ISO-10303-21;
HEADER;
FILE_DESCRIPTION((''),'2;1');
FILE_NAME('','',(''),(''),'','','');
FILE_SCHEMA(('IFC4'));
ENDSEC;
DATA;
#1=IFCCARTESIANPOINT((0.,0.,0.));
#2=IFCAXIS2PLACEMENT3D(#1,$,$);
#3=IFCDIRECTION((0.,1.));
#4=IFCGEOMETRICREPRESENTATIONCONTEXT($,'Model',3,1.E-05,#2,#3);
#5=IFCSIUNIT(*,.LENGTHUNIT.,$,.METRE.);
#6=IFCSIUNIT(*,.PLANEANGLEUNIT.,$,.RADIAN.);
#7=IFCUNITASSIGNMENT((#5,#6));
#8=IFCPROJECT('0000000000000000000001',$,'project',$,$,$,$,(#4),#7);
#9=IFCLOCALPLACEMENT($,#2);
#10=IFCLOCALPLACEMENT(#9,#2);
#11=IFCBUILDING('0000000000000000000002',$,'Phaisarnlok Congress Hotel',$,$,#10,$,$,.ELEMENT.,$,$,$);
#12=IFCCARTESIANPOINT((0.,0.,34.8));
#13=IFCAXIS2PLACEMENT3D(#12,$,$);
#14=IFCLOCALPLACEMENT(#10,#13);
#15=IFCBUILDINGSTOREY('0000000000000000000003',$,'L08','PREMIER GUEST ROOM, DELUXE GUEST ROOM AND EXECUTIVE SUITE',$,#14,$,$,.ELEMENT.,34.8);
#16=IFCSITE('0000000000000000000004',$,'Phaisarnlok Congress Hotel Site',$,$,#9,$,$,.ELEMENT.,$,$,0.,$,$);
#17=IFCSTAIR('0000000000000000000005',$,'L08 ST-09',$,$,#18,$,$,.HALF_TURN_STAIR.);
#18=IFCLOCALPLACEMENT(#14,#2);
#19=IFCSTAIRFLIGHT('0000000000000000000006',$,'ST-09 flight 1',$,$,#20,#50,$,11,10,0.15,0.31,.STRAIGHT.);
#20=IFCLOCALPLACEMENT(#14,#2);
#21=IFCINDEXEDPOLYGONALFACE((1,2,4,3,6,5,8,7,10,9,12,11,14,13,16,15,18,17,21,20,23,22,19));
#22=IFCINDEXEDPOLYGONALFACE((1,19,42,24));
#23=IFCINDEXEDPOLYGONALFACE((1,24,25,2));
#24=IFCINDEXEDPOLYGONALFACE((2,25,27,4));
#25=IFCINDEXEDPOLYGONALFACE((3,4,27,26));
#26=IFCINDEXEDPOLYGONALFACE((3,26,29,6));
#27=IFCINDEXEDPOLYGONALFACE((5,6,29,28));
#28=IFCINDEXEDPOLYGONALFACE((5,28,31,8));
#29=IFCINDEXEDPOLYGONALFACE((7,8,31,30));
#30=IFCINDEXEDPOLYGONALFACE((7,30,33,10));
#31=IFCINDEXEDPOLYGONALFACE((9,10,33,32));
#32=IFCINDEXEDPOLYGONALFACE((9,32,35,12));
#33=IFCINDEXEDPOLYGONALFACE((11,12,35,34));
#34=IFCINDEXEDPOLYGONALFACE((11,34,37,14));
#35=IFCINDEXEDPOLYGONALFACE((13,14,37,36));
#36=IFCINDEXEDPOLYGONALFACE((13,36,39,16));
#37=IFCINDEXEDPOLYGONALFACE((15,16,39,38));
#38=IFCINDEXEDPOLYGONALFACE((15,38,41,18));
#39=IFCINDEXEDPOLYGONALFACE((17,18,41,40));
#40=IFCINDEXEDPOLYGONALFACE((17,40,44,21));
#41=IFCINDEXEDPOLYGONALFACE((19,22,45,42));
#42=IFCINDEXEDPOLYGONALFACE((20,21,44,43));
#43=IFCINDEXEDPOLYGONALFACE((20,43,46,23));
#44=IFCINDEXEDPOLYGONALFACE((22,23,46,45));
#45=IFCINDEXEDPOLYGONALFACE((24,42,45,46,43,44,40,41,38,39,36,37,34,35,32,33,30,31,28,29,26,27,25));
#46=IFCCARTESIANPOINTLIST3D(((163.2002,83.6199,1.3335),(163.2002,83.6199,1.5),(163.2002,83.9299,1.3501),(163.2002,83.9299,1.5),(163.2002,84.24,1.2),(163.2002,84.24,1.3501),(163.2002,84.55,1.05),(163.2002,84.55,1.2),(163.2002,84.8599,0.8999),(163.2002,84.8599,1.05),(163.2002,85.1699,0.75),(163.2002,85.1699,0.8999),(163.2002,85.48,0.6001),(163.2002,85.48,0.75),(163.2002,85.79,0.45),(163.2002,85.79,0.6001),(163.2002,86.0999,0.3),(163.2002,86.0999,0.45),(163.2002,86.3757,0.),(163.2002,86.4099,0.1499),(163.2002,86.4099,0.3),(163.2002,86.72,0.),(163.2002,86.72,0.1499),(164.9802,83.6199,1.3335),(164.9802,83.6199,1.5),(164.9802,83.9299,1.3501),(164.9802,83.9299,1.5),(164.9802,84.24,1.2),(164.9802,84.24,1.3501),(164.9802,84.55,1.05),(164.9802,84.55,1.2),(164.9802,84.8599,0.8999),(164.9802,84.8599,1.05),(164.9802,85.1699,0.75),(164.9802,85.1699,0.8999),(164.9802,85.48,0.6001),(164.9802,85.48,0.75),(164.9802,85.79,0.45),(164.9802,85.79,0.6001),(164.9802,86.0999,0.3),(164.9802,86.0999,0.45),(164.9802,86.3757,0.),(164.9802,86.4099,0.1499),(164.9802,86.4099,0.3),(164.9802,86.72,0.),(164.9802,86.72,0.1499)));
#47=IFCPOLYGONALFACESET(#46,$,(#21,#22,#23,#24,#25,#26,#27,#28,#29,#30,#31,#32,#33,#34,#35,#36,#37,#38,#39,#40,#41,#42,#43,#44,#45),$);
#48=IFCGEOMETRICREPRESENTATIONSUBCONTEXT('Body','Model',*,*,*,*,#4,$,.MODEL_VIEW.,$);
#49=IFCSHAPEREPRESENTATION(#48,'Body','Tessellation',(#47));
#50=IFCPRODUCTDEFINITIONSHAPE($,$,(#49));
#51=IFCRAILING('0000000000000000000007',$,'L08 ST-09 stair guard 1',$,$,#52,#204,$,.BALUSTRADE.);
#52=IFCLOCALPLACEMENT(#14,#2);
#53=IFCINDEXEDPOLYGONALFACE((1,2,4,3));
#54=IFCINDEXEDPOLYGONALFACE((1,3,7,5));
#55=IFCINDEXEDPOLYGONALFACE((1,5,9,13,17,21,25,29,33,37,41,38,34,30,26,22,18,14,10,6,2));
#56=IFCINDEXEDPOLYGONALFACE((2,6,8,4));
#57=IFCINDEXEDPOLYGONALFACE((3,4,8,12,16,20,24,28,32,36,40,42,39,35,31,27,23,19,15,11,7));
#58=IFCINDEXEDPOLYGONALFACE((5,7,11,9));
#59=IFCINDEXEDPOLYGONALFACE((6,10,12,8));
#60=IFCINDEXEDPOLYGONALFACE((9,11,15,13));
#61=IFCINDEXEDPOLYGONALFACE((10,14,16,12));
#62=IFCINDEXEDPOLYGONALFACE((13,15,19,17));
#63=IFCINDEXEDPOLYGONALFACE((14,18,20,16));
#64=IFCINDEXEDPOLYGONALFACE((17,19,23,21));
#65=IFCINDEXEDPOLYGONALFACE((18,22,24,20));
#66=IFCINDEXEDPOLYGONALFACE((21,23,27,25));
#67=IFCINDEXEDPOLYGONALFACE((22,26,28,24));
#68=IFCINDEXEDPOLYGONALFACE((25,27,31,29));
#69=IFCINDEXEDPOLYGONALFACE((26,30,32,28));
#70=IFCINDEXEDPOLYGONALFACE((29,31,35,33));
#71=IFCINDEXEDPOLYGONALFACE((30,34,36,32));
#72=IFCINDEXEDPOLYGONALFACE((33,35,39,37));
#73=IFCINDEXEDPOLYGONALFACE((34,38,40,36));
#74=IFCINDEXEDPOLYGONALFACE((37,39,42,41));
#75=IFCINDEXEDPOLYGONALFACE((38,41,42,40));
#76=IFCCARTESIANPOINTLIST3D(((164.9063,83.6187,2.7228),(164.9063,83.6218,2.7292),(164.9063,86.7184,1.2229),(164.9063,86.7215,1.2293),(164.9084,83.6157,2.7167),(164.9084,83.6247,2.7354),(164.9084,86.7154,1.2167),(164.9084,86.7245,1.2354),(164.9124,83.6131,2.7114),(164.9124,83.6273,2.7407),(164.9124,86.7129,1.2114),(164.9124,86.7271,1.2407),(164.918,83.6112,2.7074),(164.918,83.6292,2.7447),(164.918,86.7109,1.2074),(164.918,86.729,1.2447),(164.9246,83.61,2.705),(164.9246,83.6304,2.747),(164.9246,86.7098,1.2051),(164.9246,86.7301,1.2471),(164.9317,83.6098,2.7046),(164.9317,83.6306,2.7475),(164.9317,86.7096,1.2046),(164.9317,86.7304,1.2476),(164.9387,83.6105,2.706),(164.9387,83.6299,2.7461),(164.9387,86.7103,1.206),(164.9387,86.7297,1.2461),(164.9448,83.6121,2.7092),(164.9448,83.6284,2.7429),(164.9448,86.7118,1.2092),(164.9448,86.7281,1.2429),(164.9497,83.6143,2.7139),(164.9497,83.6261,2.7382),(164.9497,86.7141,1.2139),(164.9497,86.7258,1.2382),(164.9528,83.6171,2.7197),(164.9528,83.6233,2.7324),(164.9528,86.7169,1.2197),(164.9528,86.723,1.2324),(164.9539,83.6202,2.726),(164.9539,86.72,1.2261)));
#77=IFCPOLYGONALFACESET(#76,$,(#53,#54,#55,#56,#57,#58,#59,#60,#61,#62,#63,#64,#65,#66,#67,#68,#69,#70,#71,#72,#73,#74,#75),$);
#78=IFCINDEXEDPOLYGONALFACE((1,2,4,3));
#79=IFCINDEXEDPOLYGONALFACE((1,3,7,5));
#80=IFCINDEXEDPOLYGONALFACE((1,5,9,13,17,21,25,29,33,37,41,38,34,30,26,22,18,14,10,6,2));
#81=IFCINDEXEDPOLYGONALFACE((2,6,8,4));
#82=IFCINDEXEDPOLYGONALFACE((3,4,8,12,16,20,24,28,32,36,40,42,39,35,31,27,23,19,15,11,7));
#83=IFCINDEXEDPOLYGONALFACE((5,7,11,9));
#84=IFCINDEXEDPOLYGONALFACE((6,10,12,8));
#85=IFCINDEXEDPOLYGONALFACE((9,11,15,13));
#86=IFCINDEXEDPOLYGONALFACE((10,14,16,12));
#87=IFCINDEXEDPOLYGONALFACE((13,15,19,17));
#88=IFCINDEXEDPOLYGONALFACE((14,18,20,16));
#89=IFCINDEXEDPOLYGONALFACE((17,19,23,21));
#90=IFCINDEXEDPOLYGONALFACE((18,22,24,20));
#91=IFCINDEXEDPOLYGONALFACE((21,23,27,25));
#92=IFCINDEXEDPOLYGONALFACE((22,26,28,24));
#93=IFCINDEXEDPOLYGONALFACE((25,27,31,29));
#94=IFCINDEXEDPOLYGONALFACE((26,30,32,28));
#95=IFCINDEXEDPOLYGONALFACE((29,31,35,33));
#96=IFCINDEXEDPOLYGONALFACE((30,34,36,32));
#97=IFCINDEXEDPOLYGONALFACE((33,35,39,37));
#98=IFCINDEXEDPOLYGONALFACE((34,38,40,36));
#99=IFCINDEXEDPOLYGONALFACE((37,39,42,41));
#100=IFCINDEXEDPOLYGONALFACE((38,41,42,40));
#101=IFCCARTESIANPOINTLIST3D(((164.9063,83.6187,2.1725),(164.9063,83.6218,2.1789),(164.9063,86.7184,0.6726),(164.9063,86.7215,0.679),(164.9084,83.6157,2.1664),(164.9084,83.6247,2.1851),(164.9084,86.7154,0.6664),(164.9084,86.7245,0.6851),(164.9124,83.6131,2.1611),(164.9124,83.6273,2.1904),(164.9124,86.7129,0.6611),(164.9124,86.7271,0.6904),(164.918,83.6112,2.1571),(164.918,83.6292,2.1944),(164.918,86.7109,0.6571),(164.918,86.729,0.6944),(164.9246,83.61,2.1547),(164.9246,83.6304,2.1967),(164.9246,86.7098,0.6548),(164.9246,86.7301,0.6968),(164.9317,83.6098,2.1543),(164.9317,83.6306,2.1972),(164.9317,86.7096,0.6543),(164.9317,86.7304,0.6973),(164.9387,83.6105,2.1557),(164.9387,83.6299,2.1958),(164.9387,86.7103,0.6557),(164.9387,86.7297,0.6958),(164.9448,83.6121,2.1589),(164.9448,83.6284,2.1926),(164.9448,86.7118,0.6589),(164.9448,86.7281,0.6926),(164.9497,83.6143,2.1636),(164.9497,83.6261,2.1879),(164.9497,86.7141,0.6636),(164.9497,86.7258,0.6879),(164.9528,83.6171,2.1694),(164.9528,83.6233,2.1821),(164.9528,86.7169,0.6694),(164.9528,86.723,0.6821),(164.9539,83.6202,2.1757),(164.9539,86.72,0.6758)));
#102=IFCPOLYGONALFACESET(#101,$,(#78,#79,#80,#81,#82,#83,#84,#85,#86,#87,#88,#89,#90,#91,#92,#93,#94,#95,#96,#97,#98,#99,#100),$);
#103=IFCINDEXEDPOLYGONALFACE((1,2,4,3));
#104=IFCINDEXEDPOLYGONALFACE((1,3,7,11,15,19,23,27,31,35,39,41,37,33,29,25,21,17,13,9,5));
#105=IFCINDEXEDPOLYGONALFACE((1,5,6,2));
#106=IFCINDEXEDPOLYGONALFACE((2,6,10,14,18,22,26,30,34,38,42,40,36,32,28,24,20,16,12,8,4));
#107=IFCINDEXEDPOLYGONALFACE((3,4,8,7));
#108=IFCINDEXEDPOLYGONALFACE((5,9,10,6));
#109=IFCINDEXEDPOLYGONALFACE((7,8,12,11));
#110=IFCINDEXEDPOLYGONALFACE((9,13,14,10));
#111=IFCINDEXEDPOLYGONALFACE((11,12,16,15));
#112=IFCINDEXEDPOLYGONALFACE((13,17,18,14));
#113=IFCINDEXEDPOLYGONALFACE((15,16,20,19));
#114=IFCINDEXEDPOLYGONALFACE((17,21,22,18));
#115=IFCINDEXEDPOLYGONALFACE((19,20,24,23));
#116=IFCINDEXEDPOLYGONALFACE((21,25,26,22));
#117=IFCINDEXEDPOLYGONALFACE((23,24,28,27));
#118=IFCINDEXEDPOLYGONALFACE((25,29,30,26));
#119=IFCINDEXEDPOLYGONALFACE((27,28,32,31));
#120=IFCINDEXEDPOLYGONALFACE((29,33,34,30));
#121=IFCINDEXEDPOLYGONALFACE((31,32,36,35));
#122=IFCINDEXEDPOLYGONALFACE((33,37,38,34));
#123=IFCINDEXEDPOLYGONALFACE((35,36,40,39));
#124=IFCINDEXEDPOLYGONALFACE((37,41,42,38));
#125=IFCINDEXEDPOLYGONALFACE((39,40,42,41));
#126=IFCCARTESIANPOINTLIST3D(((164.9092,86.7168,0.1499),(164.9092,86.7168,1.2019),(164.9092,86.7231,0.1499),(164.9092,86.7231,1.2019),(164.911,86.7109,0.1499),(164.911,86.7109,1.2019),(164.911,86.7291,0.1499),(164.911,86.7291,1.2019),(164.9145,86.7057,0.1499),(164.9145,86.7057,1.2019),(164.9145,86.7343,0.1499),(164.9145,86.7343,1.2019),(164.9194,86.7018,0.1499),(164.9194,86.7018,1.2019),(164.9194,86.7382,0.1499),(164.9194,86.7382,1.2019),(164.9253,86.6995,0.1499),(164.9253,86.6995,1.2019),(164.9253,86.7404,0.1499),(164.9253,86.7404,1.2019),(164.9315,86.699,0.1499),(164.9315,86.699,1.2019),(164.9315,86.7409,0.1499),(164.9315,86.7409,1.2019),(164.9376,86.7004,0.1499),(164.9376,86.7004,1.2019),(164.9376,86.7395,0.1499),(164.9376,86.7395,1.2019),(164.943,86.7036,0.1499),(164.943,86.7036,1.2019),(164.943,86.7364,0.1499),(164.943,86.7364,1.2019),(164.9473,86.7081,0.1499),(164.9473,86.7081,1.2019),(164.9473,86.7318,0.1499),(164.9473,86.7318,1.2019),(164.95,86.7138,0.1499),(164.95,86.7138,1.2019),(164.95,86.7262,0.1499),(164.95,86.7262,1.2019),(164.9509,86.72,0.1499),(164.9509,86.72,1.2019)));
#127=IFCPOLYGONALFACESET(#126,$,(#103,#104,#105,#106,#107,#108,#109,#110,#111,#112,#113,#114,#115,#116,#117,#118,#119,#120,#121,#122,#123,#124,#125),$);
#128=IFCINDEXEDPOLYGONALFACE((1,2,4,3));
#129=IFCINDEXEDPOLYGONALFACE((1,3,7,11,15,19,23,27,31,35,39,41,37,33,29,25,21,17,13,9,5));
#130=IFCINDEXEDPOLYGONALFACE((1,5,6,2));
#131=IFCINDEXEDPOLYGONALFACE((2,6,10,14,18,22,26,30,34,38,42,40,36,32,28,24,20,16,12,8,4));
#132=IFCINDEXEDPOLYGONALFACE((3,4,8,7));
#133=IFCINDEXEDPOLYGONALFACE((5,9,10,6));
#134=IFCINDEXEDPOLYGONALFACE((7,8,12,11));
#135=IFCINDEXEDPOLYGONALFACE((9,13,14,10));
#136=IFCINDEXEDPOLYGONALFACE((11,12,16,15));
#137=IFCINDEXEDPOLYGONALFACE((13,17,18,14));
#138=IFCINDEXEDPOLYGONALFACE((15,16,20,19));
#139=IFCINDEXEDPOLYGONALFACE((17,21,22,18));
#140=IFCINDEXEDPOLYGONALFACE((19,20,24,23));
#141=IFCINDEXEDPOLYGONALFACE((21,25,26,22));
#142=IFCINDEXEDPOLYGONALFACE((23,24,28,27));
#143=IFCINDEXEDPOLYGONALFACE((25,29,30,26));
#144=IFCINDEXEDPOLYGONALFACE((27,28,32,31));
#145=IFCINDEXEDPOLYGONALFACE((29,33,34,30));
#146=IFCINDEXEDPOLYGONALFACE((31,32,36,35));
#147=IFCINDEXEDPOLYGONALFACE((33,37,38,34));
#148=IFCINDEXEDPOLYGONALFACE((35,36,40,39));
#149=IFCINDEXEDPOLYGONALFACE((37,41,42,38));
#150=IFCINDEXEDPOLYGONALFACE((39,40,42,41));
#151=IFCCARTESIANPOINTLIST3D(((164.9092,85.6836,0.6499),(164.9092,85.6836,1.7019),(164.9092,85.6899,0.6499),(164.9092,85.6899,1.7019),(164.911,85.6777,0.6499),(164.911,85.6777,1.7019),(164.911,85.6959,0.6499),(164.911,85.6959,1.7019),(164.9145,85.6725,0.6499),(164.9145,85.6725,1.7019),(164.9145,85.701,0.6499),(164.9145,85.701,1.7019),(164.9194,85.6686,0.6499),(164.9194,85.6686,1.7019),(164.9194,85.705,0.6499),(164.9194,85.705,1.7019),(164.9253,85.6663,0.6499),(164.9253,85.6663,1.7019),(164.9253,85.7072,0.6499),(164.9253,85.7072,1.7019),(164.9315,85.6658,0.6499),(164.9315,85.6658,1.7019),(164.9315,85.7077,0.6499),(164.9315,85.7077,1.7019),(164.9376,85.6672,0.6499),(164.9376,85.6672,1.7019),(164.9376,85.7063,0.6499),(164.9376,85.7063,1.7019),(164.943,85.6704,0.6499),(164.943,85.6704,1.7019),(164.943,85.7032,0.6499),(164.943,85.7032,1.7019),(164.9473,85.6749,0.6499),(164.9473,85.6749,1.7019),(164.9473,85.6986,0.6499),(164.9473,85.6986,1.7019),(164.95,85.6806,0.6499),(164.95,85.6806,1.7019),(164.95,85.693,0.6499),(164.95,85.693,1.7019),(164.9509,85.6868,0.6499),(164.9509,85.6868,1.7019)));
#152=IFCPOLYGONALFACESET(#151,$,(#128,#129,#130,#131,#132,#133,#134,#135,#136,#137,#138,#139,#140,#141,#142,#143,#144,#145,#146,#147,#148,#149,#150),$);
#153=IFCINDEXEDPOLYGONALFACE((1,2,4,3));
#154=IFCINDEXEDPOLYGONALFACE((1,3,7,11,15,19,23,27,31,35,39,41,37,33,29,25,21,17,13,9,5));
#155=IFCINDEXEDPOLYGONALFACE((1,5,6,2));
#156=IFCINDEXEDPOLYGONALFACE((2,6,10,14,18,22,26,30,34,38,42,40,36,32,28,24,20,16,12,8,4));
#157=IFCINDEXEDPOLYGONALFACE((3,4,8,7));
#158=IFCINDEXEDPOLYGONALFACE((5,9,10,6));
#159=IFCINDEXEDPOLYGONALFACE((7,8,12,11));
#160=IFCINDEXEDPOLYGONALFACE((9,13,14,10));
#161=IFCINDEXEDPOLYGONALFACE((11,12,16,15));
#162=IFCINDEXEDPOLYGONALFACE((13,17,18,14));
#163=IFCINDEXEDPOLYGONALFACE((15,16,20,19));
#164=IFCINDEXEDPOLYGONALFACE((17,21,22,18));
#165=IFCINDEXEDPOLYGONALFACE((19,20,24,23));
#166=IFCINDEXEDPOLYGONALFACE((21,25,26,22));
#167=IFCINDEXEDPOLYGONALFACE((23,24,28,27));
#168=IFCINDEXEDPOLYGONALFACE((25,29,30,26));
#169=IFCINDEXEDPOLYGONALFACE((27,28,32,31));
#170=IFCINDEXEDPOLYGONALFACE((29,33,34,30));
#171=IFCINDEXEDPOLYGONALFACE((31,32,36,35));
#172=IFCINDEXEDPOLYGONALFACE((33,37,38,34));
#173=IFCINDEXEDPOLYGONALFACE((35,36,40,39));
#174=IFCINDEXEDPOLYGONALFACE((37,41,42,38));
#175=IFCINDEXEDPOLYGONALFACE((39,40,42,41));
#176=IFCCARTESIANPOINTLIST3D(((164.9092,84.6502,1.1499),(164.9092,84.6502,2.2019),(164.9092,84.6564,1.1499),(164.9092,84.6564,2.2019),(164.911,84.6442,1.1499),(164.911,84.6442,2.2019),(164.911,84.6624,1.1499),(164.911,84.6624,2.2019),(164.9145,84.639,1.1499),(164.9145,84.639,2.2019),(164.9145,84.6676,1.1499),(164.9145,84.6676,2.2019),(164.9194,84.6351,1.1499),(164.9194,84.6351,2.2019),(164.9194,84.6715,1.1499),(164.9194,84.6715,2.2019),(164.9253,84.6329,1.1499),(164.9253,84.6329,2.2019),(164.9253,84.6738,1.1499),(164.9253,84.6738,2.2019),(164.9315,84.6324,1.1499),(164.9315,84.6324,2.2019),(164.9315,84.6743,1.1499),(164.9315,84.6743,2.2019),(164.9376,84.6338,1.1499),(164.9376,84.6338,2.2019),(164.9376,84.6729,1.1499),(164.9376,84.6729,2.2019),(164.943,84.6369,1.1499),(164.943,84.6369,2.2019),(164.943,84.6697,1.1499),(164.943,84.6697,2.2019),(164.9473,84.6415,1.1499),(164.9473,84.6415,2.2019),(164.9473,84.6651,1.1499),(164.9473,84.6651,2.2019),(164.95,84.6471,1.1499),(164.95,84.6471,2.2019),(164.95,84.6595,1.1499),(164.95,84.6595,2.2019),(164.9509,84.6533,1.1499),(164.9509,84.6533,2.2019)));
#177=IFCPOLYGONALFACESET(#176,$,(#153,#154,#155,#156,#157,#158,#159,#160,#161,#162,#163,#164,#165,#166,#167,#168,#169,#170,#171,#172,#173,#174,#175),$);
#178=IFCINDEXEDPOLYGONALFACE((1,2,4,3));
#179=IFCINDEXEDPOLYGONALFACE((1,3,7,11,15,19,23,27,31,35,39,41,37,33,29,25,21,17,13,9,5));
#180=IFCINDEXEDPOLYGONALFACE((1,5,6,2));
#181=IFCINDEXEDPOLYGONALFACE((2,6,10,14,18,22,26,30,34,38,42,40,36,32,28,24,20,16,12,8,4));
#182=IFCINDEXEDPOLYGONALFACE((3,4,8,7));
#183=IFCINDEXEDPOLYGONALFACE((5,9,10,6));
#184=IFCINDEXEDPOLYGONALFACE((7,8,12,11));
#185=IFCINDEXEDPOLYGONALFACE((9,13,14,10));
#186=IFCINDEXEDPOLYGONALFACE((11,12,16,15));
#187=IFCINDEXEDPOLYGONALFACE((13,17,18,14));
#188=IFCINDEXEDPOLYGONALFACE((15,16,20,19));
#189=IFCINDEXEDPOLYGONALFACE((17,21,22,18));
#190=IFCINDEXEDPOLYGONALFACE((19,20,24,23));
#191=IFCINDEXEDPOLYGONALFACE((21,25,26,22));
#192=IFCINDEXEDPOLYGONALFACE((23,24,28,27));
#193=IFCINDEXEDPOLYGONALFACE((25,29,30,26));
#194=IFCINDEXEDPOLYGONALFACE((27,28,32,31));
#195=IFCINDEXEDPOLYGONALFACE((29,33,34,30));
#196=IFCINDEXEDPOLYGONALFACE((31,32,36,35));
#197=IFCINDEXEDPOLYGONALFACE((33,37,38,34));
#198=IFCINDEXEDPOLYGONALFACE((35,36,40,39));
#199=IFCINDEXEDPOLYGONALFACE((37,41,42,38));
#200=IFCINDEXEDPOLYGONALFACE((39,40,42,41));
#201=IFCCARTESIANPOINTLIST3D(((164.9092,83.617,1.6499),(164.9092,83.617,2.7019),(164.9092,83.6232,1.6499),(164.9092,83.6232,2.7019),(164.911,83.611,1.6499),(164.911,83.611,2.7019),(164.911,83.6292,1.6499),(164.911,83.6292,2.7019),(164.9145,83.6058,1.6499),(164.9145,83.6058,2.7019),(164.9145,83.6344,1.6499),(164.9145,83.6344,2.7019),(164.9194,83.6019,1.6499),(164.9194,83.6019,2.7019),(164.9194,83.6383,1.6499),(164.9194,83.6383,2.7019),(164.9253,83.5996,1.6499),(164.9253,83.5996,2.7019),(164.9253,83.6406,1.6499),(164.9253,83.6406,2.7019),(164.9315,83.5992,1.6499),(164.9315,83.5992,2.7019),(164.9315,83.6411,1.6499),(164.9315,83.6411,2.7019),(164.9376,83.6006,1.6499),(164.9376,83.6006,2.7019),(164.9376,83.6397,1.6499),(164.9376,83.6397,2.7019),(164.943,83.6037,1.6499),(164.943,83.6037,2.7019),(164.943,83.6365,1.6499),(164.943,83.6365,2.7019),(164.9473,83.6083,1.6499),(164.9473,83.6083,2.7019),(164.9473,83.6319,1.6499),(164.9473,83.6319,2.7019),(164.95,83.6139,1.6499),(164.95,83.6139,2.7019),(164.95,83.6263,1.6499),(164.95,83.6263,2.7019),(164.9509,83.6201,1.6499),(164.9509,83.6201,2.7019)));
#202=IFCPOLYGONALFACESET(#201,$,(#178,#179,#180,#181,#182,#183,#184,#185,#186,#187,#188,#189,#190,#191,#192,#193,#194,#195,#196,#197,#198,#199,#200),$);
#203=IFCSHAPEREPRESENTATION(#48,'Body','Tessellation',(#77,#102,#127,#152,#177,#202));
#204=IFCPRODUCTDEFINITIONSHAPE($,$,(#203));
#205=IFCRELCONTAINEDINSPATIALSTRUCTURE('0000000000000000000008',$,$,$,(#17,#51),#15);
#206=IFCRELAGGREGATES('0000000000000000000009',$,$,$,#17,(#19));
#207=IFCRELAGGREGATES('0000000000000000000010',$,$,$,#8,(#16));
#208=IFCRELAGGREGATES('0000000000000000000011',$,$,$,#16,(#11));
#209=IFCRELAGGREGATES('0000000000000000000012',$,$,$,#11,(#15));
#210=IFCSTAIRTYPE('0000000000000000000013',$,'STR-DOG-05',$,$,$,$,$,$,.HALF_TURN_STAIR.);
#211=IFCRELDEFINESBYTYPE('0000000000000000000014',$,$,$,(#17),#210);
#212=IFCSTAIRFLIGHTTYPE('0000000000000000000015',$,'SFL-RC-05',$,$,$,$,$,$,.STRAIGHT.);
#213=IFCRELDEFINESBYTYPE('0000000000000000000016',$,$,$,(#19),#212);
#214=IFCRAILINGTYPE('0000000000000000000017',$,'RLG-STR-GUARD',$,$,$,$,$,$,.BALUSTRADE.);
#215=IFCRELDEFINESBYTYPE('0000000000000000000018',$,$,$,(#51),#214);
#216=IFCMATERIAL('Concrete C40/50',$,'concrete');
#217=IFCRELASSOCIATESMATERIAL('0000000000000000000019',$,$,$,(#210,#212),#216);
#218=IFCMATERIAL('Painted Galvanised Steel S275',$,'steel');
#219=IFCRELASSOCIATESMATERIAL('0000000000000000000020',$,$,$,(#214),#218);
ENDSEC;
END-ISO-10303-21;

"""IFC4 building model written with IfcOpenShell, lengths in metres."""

from ifc_helpers import new_model, si_unit, direction, frame, origin, origin_2d, place, context, subcontext, project, spatial, polyline, circle, outline, extrude, material, type_object, element, aggregate, save


model = new_model("IFC4")

# Units and contexts
model_context = context("Model", 3, precision=1e-05, world=origin(), true_north=direction((0.0, 1.0)))
body_context = subcontext(model_context, "Body", "Model", "MODEL_VIEW")
ifc_project = project(units=[si_unit("LENGTHUNIT", "METRE"), si_unit("PLANEANGLEUNIT", "RADIAN")], contexts=[model_context])

# Site, building, storey
site_placement = place(None, origin())
site = spatial("IfcSite", under=ifc_project, at=site_placement, Name="Phaisarnlok Congress Hotel Site", CompositionType="ELEMENT", RefElevation=0.0)
building_placement = place(site_placement, origin())
building = spatial("IfcBuilding", under=site, at=building_placement, Name="Phaisarnlok Congress Hotel", CompositionType="ELEMENT")
storey_placement = place(building_placement, frame((0.0, 0.0, 34.8)))
storey = spatial("IfcBuildingStorey", under=building, at=storey_placement, Name="L08", Description="PREMIER GUEST ROOM, DELUXE GUEST ROOM AND EXECUTIVE SUITE", CompositionType="ELEMENT", Elevation=34.8)

# Shared definitions
ifc_material_1 = material(Name="Concrete C40/50", Category="concrete")

# Stair, stair flight
stair_type = type_object("IfcStairType", Name="STR-DOG-05", PredefinedType="HALF_TURN_STAIR", material=ifc_material_1)
stair_placement = place(storey_placement, origin())
stair = element("IfcStair", 1, at=stair_placement, inside=storey, type_object=stair_type, Name="L08 ST-09", PredefinedType="HALF_TURN_STAIR")
stair_flight_type = type_object("IfcStairFlightType", Name="SFL-RC-05", PredefinedType="STRAIGHT", material=ifc_material_1)
stair_flight_placement = place(storey_placement, frame((164.0901, 86.72, 0.0), z_axis=(0.0, 0.0, 1.0), x_axis=(0.0, -1.0, 0.0)))
stair_flight = element("IfcStairFlight", 2, at=stair_flight_placement, type_object=stair_flight_type, Name="ST-09 flight 1", NumberOfRisers=11, NumberOfTreads=10, PredefinedType="STRAIGHT", RiserHeight=0.15, TreadLength=0.31, context=body_context, shape_type="SweptSolid", body=[
    extrude(outline(polyline([(0.0, 0.0), (0.0, 0.1499), (0.3101, 0.1499), (0.3101, 0.3), (0.6201, 0.3), (0.6201, 0.45), (0.9299, 0.45), (0.9299, 0.6001), (1.24, 0.6001), (1.24, 0.75), (1.55, 0.75), (1.55, 0.8999), (1.8601, 0.8999), (1.8601, 1.05), (2.1699, 1.05), (2.1699, 1.2), (2.48, 1.2), (2.48, 1.3501), (2.79, 1.3501), (2.79, 1.5), (3.1001, 1.5), (3.1001, 1.6499), (3.1001, 1.3335), (0.3442, 0.0), (0.0, 0.0)])), frame((0.0, 0.8901, 0.0), z_axis=(0.0, -1.0, 0.0), x_axis=(1.0, 0.0, 0.0)), (0.0, 0.0, 1.0), 1.78),
])
aggregate(stair, [stair_flight])

# Railing
ifc_material_2 = material(Name="Painted Galvanised Steel S275", Category="steel")
railing_type_1 = type_object("IfcRailingType", Name="RLG-STR-GUARD", PredefinedType="BALUSTRADE", material=ifc_material_2)
railing_1_placement = place(storey_placement, frame((164.9299, 86.72, 0.1499)))
element("IfcRailing", 3, at=railing_1_placement, inside=storey, type_object=railing_type_1, Name="L08 ST-09 stair guard 1", PredefinedType="BALUSTRADE", context=body_context, shape_type="SweptSolid", body=[
    extrude(circle(Radius=0.0239, at=origin_2d()), frame((0.0, 0.0, 1.0762), z_axis=(0.0, -0.900151, 0.435578), x_axis=(1.0, 0.0, 0.0)), (0.0, 0.0, 1.0), 3.4436),
    extrude(circle(Radius=0.0239, at=origin_2d()), frame((0.0, 0.0, 0.5259), z_axis=(0.0, -0.900151, 0.435578), x_axis=(1.0, 0.0, 0.0)), (0.0, 0.0, 1.0), 3.4436),
    extrude(circle(Radius=0.021, at=origin_2d()), origin(), (0.0, 0.0, 1.0), 1.052),
    extrude(circle(Radius=0.021, at=origin_2d()), frame((0.0, -1.0332, 0.5)), (0.0, 0.0, 1.0), 1.052),
    extrude(circle(Radius=0.021, at=origin_2d()), frame((0.0, -2.0667, 1.0)), (0.0, 0.0, 1.0), 1.052),
    extrude(circle(Radius=0.021, at=origin_2d()), frame((0.0, -3.0999, 1.5)), (0.0, 0.0, 1.0), 1.052),
])

save(model, "model.ifc")
